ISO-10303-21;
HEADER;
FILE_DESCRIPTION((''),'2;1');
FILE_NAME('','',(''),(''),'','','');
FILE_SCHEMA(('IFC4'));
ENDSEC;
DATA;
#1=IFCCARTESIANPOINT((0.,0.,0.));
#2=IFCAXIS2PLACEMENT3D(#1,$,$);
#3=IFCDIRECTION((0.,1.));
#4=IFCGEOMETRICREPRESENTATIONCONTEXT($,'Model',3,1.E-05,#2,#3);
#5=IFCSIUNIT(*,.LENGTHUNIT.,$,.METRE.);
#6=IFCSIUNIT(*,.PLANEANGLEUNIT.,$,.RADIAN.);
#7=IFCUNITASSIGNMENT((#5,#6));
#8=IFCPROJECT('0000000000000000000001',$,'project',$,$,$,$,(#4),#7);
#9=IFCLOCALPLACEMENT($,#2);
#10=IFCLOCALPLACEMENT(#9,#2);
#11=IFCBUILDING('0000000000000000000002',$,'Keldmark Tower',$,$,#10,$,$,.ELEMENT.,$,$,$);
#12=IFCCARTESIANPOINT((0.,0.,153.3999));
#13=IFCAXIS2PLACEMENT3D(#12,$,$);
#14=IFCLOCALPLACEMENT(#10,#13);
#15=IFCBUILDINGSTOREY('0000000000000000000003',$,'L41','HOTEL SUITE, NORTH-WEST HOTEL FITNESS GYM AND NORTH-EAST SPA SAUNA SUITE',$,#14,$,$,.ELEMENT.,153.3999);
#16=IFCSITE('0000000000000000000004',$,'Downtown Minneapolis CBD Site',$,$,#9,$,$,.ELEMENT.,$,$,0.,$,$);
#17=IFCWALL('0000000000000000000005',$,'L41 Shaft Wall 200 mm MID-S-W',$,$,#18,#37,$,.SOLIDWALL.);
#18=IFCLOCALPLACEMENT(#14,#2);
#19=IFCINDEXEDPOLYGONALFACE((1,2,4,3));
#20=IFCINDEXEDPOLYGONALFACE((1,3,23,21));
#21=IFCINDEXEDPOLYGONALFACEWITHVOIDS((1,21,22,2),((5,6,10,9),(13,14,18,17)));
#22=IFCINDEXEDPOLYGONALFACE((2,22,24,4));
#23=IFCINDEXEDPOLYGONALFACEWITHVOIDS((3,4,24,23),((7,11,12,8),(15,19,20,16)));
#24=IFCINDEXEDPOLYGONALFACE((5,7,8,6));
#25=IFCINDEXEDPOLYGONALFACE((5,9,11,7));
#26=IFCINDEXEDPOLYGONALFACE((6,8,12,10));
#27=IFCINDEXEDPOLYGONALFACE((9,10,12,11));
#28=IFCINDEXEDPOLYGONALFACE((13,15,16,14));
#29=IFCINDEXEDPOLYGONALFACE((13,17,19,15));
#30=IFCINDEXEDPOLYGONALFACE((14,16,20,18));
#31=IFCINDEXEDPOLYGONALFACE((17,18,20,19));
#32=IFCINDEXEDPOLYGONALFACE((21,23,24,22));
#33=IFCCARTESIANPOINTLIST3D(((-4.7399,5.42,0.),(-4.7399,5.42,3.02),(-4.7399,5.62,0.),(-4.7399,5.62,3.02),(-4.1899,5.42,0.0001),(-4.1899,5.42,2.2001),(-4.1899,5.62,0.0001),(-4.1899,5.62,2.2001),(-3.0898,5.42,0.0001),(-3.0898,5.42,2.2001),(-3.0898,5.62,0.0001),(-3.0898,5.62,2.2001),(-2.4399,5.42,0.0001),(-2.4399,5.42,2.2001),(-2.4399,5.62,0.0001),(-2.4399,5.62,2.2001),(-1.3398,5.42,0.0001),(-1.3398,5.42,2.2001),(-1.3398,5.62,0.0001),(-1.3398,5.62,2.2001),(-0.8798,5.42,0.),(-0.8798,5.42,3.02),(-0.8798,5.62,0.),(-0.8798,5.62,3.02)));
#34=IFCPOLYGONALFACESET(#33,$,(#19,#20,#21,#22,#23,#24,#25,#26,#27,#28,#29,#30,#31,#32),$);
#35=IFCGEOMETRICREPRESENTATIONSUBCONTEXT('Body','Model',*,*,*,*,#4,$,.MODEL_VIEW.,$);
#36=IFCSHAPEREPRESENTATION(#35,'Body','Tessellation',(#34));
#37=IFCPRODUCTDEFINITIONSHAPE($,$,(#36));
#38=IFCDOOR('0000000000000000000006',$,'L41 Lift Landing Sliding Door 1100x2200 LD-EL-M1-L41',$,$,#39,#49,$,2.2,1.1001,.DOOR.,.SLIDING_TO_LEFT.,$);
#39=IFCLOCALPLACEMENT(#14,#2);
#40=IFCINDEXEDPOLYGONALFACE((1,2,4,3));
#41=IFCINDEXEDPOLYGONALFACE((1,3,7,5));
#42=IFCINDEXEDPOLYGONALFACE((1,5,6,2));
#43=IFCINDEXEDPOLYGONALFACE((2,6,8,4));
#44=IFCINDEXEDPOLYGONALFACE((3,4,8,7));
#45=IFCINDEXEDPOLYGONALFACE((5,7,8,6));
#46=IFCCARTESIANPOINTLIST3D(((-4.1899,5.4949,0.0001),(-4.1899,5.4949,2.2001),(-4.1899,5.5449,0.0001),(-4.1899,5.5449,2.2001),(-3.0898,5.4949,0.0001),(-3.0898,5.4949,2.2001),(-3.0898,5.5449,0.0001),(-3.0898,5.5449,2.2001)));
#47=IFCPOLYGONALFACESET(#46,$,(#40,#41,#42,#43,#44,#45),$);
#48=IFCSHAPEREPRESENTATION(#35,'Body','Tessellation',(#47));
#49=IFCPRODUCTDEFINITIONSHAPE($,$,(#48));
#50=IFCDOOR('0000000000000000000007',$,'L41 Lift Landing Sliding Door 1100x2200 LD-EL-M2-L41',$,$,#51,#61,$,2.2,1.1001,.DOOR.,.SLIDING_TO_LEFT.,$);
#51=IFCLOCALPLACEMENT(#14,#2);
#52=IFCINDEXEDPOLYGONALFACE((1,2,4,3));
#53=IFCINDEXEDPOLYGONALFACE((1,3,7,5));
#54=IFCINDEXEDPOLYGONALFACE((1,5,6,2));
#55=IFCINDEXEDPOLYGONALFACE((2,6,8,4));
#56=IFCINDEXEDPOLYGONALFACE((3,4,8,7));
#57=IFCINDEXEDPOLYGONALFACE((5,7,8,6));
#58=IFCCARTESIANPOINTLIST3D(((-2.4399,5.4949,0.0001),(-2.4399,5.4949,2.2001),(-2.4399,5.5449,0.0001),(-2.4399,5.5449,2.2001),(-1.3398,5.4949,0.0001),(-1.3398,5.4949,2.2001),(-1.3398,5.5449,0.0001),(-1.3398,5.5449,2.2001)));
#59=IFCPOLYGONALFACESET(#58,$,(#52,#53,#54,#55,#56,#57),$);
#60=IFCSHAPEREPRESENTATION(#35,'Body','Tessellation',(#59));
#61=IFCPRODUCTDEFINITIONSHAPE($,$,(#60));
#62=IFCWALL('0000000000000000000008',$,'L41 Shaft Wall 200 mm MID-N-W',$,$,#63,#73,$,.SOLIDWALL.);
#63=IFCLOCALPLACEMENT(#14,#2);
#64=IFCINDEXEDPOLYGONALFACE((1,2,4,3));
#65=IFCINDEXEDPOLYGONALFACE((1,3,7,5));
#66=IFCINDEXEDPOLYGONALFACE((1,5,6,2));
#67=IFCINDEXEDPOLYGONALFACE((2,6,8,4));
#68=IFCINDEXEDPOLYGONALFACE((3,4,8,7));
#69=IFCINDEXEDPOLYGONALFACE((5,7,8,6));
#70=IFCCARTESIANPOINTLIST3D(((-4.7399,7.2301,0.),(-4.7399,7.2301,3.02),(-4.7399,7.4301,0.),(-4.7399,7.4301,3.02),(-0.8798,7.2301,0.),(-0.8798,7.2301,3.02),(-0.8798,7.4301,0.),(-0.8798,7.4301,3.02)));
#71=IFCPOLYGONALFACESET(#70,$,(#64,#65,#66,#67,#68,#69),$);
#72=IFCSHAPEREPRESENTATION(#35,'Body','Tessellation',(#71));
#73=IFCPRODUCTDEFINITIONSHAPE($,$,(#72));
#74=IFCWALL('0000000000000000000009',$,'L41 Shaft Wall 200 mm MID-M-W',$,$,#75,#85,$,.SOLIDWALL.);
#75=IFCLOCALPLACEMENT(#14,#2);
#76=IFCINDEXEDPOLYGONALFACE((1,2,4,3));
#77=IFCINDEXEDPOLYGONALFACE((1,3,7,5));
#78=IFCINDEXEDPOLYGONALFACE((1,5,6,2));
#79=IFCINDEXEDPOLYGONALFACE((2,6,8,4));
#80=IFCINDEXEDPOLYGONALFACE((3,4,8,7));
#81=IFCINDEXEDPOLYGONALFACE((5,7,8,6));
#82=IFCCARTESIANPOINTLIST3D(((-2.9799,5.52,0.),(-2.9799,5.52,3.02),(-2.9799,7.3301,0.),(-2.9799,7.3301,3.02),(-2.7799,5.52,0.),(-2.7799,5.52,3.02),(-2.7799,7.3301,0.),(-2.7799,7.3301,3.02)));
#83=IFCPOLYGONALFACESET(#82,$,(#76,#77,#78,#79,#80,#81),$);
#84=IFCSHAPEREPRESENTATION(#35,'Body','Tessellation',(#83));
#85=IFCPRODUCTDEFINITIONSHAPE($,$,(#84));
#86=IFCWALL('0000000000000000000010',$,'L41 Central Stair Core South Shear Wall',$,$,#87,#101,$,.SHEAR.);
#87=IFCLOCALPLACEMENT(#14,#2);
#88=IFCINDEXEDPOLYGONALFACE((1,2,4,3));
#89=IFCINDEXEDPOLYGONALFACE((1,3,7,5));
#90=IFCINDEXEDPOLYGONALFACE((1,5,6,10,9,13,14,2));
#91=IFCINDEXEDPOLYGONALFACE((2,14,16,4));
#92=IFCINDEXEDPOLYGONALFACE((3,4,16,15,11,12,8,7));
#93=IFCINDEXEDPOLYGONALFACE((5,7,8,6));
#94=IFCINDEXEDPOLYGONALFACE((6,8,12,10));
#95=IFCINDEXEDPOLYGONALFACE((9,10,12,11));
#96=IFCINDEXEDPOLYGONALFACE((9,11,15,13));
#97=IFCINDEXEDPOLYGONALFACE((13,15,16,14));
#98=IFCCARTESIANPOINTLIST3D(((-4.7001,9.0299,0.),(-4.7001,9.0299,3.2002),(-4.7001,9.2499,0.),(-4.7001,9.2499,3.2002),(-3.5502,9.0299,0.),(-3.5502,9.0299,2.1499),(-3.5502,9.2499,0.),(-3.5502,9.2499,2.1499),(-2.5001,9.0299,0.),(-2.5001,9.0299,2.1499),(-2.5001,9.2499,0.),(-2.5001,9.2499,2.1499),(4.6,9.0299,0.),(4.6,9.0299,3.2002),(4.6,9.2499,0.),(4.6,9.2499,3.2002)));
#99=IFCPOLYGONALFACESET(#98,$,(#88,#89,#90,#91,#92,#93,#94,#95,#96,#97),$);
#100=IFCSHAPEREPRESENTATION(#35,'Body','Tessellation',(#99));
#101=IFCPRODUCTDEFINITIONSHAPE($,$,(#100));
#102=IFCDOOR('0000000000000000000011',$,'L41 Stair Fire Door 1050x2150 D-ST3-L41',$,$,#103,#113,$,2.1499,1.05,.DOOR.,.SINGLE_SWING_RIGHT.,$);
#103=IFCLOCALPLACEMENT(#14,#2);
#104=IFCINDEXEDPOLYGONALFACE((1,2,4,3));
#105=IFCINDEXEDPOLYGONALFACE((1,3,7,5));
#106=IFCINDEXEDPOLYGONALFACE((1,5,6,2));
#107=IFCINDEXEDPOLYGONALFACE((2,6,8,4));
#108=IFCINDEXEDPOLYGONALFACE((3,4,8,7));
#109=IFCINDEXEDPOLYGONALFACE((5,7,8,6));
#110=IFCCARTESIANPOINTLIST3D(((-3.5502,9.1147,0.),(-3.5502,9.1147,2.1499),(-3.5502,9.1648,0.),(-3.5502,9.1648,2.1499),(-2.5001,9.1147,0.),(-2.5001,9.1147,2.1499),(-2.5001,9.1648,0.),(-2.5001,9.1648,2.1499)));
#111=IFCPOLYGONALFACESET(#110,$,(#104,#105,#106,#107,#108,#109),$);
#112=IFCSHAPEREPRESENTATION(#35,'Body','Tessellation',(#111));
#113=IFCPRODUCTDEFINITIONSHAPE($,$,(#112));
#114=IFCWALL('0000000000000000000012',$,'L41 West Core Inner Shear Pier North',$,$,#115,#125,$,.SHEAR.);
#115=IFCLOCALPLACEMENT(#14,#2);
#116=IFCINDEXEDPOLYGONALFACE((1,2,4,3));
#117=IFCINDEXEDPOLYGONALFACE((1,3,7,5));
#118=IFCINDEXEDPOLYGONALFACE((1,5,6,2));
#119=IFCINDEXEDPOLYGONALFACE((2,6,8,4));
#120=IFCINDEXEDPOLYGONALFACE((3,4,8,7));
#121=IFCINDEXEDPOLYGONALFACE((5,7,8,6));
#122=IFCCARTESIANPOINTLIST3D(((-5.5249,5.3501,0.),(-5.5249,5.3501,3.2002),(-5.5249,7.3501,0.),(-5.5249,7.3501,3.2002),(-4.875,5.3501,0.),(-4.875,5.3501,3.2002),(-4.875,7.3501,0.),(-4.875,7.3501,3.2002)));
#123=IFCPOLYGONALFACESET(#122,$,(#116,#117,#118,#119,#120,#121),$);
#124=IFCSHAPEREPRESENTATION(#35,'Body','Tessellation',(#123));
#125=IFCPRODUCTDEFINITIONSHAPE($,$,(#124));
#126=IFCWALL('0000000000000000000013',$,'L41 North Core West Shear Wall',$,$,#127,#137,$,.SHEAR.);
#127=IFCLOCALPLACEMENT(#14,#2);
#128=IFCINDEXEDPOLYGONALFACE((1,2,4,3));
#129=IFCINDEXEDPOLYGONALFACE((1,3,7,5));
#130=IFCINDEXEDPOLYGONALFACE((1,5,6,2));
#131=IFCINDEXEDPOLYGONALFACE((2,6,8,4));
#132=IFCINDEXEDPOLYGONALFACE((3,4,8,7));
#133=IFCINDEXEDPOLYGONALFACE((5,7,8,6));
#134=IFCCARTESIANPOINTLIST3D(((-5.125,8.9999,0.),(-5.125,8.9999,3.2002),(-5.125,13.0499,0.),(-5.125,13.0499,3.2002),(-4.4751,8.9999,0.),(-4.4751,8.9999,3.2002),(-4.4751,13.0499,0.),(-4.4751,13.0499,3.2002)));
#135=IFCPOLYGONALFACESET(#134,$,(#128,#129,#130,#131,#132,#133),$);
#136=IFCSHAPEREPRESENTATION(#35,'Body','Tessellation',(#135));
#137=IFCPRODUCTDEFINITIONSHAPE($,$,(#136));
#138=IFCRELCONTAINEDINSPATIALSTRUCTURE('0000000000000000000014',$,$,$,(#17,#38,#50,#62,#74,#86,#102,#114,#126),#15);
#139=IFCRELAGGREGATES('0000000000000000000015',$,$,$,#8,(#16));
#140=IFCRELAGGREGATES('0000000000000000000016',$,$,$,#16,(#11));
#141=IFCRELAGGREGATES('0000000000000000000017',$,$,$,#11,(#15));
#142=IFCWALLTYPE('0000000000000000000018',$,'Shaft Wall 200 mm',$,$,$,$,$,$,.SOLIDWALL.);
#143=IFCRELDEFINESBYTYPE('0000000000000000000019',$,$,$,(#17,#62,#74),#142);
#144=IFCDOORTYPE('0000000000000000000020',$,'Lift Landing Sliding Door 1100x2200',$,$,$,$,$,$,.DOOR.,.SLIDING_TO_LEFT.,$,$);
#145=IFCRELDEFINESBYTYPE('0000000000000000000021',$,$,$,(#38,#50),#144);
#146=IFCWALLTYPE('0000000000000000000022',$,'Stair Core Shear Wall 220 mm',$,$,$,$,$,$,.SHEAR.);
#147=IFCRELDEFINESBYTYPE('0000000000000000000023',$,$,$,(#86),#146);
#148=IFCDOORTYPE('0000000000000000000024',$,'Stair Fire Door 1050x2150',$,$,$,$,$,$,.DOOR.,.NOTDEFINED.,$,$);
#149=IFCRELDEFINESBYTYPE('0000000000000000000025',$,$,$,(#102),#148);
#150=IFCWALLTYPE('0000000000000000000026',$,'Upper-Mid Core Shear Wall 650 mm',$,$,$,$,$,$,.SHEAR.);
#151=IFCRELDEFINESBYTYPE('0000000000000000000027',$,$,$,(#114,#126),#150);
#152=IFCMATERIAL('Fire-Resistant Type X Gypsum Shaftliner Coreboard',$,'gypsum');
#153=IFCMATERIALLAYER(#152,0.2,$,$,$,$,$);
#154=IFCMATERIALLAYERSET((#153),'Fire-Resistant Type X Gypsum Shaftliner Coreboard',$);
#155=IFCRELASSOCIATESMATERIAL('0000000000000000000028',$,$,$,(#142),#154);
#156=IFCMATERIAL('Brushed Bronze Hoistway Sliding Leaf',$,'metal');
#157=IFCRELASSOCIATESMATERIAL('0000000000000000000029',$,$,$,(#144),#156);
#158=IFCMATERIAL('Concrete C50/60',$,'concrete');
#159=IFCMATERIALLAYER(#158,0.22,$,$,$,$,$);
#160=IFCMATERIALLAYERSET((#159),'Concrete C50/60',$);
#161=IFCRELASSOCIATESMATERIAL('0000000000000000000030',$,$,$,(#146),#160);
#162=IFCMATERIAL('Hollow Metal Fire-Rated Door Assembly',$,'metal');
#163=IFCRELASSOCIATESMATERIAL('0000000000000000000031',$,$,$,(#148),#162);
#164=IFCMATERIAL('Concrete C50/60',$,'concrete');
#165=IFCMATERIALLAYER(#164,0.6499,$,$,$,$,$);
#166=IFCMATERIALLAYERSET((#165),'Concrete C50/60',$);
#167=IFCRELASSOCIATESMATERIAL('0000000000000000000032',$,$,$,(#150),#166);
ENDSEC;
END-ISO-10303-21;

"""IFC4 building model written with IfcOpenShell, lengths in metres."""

from ifc_helpers import new_model, si_unit, direction, frame, frame_2d, origin, place, context, subcontext, project, spatial, rectangle, extrude, material, layer, layer_set, type_object, element, fill, save


model = new_model("IFC4")

# Units and contexts
model_context = context("Model", 3, precision=1e-05, world=origin(), true_north=direction((0.0, 1.0)))
body_context = subcontext(model_context, "Body", "Model", "MODEL_VIEW")
ifc_project = project(units=[si_unit("LENGTHUNIT", "METRE"), si_unit("PLANEANGLEUNIT", "RADIAN")], contexts=[model_context])

# Site, building, storey
site_placement = place(None, origin())
site = spatial("IfcSite", under=ifc_project, at=site_placement, Name="Downtown Minneapolis CBD Site", CompositionType="ELEMENT", RefElevation=0.0)
building_placement = place(site_placement, origin())
building = spatial("IfcBuilding", under=site, at=building_placement, Name="Keldmark Tower", CompositionType="ELEMENT")
storey_placement = place(building_placement, frame((0.0, 0.0, 153.3999)))
storey = spatial("IfcBuildingStorey", under=building, at=storey_placement, Name="L41", Description="HOTEL SUITE, NORTH-WEST HOTEL FITNESS GYM AND NORTH-EAST SPA SAUNA SUITE", CompositionType="ELEMENT", Elevation=153.3999)

# Wall, openings, doors
ifc_material_1 = material(Name="Fire-Resistant Type X Gypsum Shaftliner Coreboard", Category="gypsum")
ifc_layer_1 = layer(ifc_material_1, 0.2)
ifc_layer_set_1 = layer_set([ifc_layer_1], Name="Fire-Resistant Type X Gypsum Shaftliner Coreboard")
wall_type_1 = type_object("IfcWallType", Name="Shaft Wall 200 mm", PredefinedType="SOLIDWALL", material=ifc_layer_set_1)
wall_1_placement = place(storey_placement, frame((-4.74, 5.52, 0.0), z_axis=(0.0, 0.0, 1.0), x_axis=(1.0, 0.0, 0.0)))
wall_1 = element("IfcWall", 1, at=wall_1_placement, inside=storey, type_object=wall_type_1, Name="L41 Shaft Wall 200 mm MID-S-W", PredefinedType="SOLIDWALL", context=body_context, shape_type="SweptSolid", body=[
    extrude(rectangle(XDim=3.8601, YDim=0.2, at=frame_2d((1.9302, 0.0))), origin(), (0.0, 0.0, 1.0), 3.02),
])
opening_1_placement = place(wall_1_placement, frame((0.55, 0.0, 0.0)))
opening_1 = element("IfcOpeningElement", 2, at=opening_1_placement, cuts=wall_1, PredefinedType="OPENING", context=body_context, shape_type="SweptSolid", body=[
    extrude(rectangle(XDim=1.1001, YDim=2.2, at=frame_2d((0.55, 1.1001))), frame((0.0, 0.1099, 0.0), z_axis=(0.0, -1.0, 0.0), x_axis=(1.0, 0.0, 0.0)), (0.0, 0.0, 1.0), 0.22),
])
opening_2_placement = place(wall_1_placement, frame((2.3, 0.0, 0.0)))
opening_2 = element("IfcOpeningElement", 3, at=opening_2_placement, cuts=wall_1, PredefinedType="OPENING", context=body_context, shape_type="SweptSolid", body=[
    extrude(rectangle(XDim=1.1001, YDim=2.2, at=frame_2d((0.55, 1.1001))), frame((0.0, 0.1099, 0.0), z_axis=(0.0, -1.0, 0.0), x_axis=(1.0, 0.0, 0.0)), (0.0, 0.0, 1.0), 0.22),
])
ifc_material_2 = material(Name="Brushed Bronze Hoistway Sliding Leaf", Category="metal")
door_type_1 = type_object("IfcDoorType", Name="Lift Landing Sliding Door 1100x2200", OperationType="SLIDING_TO_LEFT", PredefinedType="DOOR", material=ifc_material_2)
door_1_placement = place(opening_1_placement, origin())
door_1 = element("IfcDoor", 4, at=door_1_placement, inside=storey, type_object=door_type_1, Name="L41 Lift Landing Sliding Door 1100x2200 LD-EL-M1-L41", OperationType="SLIDING_TO_LEFT", OverallHeight=2.2, OverallWidth=1.1001, PredefinedType="DOOR", context=body_context, shape_type="SweptSolid", body=[
    extrude(rectangle(XDim=1.1001, YDim=2.2, at=frame_2d((0.55, 1.1001))), frame((0.0, 0.0249, 0.0), z_axis=(0.0, -1.0, 0.0), x_axis=(1.0, 0.0, 0.0)), (0.0, 0.0, 1.0), 0.05),
])
fill(opening_1, door_1)
door_2_placement = place(opening_2_placement, origin())
door_2 = element("IfcDoor", 5, at=door_2_placement, inside=storey, type_object=door_type_1, Name="L41 Lift Landing Sliding Door 1100x2200 LD-EL-M2-L41", OperationType="SLIDING_TO_LEFT", OverallHeight=2.2, OverallWidth=1.1001, PredefinedType="DOOR", context=body_context, shape_type="SweptSolid", body=[
    extrude(rectangle(XDim=1.1001, YDim=2.2, at=frame_2d((0.55, 1.1001))), frame((0.0, 0.0249, 0.0), z_axis=(0.0, -1.0, 0.0), x_axis=(1.0, 0.0, 0.0)), (0.0, 0.0, 1.0), 0.05),
])
fill(opening_2, door_2)

# Walls
wall_2_placement = place(storey_placement, frame((-4.74, 7.3301, 0.0), z_axis=(0.0, 0.0, 1.0), x_axis=(1.0, 0.0, 0.0)))
element("IfcWall", 6, at=wall_2_placement, inside=storey, type_object=wall_type_1, Name="L41 Shaft Wall 200 mm MID-N-W", PredefinedType="SOLIDWALL", context=body_context, shape_type="SweptSolid", body=[
    extrude(rectangle(XDim=3.8601, YDim=0.2, at=frame_2d((1.9302, 0.0))), origin(), (0.0, 0.0, 1.0), 3.02),
])
wall_3_placement = place(storey_placement, frame((-2.8799, 5.52, 0.0), z_axis=(0.0, 0.0, 1.0), x_axis=(0.0, 1.0, 0.0)))
element("IfcWall", 7, at=wall_3_placement, inside=storey, type_object=wall_type_1, Name="L41 Shaft Wall 200 mm MID-M-W", PredefinedType="SOLIDWALL", context=body_context, shape_type="SweptSolid", body=[
    extrude(rectangle(XDim=1.8101, YDim=0.2, at=frame_2d((0.905, 0.0))), origin(), (0.0, 0.0, 1.0), 3.02),
])

# Wall, opening, door
ifc_material_3 = material(Name="Concrete C50/60", Category="concrete")
ifc_layer_2 = layer(ifc_material_3, 0.22)
ifc_layer_set_2 = layer_set([ifc_layer_2], Name="Concrete C50/60")
wall_type_2 = type_object("IfcWallType", Name="Stair Core Shear Wall 220 mm", PredefinedType="SHEAR", material=ifc_layer_set_2)
wall_4_placement = place(storey_placement, frame((-4.7, 9.1399, 0.0), z_axis=(0.0, 0.0, 1.0), x_axis=(1.0, 0.0, 0.0)))
wall_4 = element("IfcWall", 8, at=wall_4_placement, inside=storey, type_object=wall_type_2, Name="L41 Central Stair Core South Shear Wall", PredefinedType="SHEAR", context=body_context, shape_type="SweptSolid", body=[
    extrude(rectangle(XDim=9.3, YDim=0.22, at=frame_2d((4.6499, 0.0))), origin(), (0.0, 0.0, 1.0), 3.2002),
])
opening_3_placement = place(wall_4_placement, frame((1.1499, 0.0, 0.0)))
opening_3 = element("IfcOpeningElement", 9, at=opening_3_placement, cuts=wall_4, PredefinedType="OPENING", context=body_context, shape_type="SweptSolid", body=[
    extrude(rectangle(XDim=1.05, YDim=2.1499, at=frame_2d((0.5249, 1.075))), frame((0.0, 0.1199, 0.0), z_axis=(0.0, -1.0, 0.0), x_axis=(1.0, 0.0, 0.0)), (0.0, 0.0, 1.0), 0.24),
])
ifc_material_4 = material(Name="Hollow Metal Fire-Rated Door Assembly", Category="metal")
door_type_2 = type_object("IfcDoorType", Name="Stair Fire Door 1050x2150", OperationType="NOTDEFINED", PredefinedType="DOOR", material=ifc_material_4)
door_3_placement = place(opening_3_placement, origin())
door_3 = element("IfcDoor", 10, at=door_3_placement, inside=storey, type_object=door_type_2, Name="L41 Stair Fire Door 1050x2150 D-ST3-L41", OperationType="SINGLE_SWING_RIGHT", OverallHeight=2.1499, OverallWidth=1.05, PredefinedType="DOOR", context=body_context, shape_type="SweptSolid", body=[
    extrude(rectangle(XDim=1.05, YDim=2.1499, at=frame_2d((0.5249, 1.075))), frame((0.0, 0.0249, 0.0), z_axis=(0.0, -1.0, 0.0), x_axis=(1.0, 0.0, 0.0)), (0.0, 0.0, 1.0), 0.05),
])
fill(opening_3, door_3)

# Shared definitions
ifc_material_5 = material(Name="Concrete C50/60", Category="concrete")
ifc_layer_3 = layer(ifc_material_5, 0.6499)
ifc_layer_set_3 = layer_set([ifc_layer_3], Name="Concrete C50/60")
wall_type_3 = type_object("IfcWallType", Name="Upper-Mid Core Shear Wall 650 mm", PredefinedType="SHEAR", material=ifc_layer_set_3)

# Walls
wall_5_placement = place(storey_placement, frame((-5.2, 5.3501, 0.0), z_axis=(0.0, 0.0, 1.0), x_axis=(0.0, 1.0, 0.0)))
element("IfcWall", 11, at=wall_5_placement, inside=storey, type_object=wall_type_3, Name="L41 West Core Inner Shear Pier North", PredefinedType="SHEAR", context=body_context, shape_type="SweptSolid", body=[
    extrude(rectangle(XDim=2.0, YDim=0.6499, at=frame_2d((1.0, 0.0))), origin(), (0.0, 0.0, 1.0), 3.2002),
])
wall_6_placement = place(storey_placement, frame((-4.8, 9.0, 0.0), z_axis=(0.0, 0.0, 1.0), x_axis=(0.0, 1.0, 0.0)))
element("IfcWall", 12, at=wall_6_placement, inside=storey, type_object=wall_type_3, Name="L41 North Core West Shear Wall", PredefinedType="SHEAR", context=body_context, shape_type="SweptSolid", body=[
    extrude(rectangle(XDim=4.05, YDim=0.6499, at=frame_2d((2.0249, 0.0))), origin(), (0.0, 0.0, 1.0), 3.2002),
])

save(model, "model.ifc")
